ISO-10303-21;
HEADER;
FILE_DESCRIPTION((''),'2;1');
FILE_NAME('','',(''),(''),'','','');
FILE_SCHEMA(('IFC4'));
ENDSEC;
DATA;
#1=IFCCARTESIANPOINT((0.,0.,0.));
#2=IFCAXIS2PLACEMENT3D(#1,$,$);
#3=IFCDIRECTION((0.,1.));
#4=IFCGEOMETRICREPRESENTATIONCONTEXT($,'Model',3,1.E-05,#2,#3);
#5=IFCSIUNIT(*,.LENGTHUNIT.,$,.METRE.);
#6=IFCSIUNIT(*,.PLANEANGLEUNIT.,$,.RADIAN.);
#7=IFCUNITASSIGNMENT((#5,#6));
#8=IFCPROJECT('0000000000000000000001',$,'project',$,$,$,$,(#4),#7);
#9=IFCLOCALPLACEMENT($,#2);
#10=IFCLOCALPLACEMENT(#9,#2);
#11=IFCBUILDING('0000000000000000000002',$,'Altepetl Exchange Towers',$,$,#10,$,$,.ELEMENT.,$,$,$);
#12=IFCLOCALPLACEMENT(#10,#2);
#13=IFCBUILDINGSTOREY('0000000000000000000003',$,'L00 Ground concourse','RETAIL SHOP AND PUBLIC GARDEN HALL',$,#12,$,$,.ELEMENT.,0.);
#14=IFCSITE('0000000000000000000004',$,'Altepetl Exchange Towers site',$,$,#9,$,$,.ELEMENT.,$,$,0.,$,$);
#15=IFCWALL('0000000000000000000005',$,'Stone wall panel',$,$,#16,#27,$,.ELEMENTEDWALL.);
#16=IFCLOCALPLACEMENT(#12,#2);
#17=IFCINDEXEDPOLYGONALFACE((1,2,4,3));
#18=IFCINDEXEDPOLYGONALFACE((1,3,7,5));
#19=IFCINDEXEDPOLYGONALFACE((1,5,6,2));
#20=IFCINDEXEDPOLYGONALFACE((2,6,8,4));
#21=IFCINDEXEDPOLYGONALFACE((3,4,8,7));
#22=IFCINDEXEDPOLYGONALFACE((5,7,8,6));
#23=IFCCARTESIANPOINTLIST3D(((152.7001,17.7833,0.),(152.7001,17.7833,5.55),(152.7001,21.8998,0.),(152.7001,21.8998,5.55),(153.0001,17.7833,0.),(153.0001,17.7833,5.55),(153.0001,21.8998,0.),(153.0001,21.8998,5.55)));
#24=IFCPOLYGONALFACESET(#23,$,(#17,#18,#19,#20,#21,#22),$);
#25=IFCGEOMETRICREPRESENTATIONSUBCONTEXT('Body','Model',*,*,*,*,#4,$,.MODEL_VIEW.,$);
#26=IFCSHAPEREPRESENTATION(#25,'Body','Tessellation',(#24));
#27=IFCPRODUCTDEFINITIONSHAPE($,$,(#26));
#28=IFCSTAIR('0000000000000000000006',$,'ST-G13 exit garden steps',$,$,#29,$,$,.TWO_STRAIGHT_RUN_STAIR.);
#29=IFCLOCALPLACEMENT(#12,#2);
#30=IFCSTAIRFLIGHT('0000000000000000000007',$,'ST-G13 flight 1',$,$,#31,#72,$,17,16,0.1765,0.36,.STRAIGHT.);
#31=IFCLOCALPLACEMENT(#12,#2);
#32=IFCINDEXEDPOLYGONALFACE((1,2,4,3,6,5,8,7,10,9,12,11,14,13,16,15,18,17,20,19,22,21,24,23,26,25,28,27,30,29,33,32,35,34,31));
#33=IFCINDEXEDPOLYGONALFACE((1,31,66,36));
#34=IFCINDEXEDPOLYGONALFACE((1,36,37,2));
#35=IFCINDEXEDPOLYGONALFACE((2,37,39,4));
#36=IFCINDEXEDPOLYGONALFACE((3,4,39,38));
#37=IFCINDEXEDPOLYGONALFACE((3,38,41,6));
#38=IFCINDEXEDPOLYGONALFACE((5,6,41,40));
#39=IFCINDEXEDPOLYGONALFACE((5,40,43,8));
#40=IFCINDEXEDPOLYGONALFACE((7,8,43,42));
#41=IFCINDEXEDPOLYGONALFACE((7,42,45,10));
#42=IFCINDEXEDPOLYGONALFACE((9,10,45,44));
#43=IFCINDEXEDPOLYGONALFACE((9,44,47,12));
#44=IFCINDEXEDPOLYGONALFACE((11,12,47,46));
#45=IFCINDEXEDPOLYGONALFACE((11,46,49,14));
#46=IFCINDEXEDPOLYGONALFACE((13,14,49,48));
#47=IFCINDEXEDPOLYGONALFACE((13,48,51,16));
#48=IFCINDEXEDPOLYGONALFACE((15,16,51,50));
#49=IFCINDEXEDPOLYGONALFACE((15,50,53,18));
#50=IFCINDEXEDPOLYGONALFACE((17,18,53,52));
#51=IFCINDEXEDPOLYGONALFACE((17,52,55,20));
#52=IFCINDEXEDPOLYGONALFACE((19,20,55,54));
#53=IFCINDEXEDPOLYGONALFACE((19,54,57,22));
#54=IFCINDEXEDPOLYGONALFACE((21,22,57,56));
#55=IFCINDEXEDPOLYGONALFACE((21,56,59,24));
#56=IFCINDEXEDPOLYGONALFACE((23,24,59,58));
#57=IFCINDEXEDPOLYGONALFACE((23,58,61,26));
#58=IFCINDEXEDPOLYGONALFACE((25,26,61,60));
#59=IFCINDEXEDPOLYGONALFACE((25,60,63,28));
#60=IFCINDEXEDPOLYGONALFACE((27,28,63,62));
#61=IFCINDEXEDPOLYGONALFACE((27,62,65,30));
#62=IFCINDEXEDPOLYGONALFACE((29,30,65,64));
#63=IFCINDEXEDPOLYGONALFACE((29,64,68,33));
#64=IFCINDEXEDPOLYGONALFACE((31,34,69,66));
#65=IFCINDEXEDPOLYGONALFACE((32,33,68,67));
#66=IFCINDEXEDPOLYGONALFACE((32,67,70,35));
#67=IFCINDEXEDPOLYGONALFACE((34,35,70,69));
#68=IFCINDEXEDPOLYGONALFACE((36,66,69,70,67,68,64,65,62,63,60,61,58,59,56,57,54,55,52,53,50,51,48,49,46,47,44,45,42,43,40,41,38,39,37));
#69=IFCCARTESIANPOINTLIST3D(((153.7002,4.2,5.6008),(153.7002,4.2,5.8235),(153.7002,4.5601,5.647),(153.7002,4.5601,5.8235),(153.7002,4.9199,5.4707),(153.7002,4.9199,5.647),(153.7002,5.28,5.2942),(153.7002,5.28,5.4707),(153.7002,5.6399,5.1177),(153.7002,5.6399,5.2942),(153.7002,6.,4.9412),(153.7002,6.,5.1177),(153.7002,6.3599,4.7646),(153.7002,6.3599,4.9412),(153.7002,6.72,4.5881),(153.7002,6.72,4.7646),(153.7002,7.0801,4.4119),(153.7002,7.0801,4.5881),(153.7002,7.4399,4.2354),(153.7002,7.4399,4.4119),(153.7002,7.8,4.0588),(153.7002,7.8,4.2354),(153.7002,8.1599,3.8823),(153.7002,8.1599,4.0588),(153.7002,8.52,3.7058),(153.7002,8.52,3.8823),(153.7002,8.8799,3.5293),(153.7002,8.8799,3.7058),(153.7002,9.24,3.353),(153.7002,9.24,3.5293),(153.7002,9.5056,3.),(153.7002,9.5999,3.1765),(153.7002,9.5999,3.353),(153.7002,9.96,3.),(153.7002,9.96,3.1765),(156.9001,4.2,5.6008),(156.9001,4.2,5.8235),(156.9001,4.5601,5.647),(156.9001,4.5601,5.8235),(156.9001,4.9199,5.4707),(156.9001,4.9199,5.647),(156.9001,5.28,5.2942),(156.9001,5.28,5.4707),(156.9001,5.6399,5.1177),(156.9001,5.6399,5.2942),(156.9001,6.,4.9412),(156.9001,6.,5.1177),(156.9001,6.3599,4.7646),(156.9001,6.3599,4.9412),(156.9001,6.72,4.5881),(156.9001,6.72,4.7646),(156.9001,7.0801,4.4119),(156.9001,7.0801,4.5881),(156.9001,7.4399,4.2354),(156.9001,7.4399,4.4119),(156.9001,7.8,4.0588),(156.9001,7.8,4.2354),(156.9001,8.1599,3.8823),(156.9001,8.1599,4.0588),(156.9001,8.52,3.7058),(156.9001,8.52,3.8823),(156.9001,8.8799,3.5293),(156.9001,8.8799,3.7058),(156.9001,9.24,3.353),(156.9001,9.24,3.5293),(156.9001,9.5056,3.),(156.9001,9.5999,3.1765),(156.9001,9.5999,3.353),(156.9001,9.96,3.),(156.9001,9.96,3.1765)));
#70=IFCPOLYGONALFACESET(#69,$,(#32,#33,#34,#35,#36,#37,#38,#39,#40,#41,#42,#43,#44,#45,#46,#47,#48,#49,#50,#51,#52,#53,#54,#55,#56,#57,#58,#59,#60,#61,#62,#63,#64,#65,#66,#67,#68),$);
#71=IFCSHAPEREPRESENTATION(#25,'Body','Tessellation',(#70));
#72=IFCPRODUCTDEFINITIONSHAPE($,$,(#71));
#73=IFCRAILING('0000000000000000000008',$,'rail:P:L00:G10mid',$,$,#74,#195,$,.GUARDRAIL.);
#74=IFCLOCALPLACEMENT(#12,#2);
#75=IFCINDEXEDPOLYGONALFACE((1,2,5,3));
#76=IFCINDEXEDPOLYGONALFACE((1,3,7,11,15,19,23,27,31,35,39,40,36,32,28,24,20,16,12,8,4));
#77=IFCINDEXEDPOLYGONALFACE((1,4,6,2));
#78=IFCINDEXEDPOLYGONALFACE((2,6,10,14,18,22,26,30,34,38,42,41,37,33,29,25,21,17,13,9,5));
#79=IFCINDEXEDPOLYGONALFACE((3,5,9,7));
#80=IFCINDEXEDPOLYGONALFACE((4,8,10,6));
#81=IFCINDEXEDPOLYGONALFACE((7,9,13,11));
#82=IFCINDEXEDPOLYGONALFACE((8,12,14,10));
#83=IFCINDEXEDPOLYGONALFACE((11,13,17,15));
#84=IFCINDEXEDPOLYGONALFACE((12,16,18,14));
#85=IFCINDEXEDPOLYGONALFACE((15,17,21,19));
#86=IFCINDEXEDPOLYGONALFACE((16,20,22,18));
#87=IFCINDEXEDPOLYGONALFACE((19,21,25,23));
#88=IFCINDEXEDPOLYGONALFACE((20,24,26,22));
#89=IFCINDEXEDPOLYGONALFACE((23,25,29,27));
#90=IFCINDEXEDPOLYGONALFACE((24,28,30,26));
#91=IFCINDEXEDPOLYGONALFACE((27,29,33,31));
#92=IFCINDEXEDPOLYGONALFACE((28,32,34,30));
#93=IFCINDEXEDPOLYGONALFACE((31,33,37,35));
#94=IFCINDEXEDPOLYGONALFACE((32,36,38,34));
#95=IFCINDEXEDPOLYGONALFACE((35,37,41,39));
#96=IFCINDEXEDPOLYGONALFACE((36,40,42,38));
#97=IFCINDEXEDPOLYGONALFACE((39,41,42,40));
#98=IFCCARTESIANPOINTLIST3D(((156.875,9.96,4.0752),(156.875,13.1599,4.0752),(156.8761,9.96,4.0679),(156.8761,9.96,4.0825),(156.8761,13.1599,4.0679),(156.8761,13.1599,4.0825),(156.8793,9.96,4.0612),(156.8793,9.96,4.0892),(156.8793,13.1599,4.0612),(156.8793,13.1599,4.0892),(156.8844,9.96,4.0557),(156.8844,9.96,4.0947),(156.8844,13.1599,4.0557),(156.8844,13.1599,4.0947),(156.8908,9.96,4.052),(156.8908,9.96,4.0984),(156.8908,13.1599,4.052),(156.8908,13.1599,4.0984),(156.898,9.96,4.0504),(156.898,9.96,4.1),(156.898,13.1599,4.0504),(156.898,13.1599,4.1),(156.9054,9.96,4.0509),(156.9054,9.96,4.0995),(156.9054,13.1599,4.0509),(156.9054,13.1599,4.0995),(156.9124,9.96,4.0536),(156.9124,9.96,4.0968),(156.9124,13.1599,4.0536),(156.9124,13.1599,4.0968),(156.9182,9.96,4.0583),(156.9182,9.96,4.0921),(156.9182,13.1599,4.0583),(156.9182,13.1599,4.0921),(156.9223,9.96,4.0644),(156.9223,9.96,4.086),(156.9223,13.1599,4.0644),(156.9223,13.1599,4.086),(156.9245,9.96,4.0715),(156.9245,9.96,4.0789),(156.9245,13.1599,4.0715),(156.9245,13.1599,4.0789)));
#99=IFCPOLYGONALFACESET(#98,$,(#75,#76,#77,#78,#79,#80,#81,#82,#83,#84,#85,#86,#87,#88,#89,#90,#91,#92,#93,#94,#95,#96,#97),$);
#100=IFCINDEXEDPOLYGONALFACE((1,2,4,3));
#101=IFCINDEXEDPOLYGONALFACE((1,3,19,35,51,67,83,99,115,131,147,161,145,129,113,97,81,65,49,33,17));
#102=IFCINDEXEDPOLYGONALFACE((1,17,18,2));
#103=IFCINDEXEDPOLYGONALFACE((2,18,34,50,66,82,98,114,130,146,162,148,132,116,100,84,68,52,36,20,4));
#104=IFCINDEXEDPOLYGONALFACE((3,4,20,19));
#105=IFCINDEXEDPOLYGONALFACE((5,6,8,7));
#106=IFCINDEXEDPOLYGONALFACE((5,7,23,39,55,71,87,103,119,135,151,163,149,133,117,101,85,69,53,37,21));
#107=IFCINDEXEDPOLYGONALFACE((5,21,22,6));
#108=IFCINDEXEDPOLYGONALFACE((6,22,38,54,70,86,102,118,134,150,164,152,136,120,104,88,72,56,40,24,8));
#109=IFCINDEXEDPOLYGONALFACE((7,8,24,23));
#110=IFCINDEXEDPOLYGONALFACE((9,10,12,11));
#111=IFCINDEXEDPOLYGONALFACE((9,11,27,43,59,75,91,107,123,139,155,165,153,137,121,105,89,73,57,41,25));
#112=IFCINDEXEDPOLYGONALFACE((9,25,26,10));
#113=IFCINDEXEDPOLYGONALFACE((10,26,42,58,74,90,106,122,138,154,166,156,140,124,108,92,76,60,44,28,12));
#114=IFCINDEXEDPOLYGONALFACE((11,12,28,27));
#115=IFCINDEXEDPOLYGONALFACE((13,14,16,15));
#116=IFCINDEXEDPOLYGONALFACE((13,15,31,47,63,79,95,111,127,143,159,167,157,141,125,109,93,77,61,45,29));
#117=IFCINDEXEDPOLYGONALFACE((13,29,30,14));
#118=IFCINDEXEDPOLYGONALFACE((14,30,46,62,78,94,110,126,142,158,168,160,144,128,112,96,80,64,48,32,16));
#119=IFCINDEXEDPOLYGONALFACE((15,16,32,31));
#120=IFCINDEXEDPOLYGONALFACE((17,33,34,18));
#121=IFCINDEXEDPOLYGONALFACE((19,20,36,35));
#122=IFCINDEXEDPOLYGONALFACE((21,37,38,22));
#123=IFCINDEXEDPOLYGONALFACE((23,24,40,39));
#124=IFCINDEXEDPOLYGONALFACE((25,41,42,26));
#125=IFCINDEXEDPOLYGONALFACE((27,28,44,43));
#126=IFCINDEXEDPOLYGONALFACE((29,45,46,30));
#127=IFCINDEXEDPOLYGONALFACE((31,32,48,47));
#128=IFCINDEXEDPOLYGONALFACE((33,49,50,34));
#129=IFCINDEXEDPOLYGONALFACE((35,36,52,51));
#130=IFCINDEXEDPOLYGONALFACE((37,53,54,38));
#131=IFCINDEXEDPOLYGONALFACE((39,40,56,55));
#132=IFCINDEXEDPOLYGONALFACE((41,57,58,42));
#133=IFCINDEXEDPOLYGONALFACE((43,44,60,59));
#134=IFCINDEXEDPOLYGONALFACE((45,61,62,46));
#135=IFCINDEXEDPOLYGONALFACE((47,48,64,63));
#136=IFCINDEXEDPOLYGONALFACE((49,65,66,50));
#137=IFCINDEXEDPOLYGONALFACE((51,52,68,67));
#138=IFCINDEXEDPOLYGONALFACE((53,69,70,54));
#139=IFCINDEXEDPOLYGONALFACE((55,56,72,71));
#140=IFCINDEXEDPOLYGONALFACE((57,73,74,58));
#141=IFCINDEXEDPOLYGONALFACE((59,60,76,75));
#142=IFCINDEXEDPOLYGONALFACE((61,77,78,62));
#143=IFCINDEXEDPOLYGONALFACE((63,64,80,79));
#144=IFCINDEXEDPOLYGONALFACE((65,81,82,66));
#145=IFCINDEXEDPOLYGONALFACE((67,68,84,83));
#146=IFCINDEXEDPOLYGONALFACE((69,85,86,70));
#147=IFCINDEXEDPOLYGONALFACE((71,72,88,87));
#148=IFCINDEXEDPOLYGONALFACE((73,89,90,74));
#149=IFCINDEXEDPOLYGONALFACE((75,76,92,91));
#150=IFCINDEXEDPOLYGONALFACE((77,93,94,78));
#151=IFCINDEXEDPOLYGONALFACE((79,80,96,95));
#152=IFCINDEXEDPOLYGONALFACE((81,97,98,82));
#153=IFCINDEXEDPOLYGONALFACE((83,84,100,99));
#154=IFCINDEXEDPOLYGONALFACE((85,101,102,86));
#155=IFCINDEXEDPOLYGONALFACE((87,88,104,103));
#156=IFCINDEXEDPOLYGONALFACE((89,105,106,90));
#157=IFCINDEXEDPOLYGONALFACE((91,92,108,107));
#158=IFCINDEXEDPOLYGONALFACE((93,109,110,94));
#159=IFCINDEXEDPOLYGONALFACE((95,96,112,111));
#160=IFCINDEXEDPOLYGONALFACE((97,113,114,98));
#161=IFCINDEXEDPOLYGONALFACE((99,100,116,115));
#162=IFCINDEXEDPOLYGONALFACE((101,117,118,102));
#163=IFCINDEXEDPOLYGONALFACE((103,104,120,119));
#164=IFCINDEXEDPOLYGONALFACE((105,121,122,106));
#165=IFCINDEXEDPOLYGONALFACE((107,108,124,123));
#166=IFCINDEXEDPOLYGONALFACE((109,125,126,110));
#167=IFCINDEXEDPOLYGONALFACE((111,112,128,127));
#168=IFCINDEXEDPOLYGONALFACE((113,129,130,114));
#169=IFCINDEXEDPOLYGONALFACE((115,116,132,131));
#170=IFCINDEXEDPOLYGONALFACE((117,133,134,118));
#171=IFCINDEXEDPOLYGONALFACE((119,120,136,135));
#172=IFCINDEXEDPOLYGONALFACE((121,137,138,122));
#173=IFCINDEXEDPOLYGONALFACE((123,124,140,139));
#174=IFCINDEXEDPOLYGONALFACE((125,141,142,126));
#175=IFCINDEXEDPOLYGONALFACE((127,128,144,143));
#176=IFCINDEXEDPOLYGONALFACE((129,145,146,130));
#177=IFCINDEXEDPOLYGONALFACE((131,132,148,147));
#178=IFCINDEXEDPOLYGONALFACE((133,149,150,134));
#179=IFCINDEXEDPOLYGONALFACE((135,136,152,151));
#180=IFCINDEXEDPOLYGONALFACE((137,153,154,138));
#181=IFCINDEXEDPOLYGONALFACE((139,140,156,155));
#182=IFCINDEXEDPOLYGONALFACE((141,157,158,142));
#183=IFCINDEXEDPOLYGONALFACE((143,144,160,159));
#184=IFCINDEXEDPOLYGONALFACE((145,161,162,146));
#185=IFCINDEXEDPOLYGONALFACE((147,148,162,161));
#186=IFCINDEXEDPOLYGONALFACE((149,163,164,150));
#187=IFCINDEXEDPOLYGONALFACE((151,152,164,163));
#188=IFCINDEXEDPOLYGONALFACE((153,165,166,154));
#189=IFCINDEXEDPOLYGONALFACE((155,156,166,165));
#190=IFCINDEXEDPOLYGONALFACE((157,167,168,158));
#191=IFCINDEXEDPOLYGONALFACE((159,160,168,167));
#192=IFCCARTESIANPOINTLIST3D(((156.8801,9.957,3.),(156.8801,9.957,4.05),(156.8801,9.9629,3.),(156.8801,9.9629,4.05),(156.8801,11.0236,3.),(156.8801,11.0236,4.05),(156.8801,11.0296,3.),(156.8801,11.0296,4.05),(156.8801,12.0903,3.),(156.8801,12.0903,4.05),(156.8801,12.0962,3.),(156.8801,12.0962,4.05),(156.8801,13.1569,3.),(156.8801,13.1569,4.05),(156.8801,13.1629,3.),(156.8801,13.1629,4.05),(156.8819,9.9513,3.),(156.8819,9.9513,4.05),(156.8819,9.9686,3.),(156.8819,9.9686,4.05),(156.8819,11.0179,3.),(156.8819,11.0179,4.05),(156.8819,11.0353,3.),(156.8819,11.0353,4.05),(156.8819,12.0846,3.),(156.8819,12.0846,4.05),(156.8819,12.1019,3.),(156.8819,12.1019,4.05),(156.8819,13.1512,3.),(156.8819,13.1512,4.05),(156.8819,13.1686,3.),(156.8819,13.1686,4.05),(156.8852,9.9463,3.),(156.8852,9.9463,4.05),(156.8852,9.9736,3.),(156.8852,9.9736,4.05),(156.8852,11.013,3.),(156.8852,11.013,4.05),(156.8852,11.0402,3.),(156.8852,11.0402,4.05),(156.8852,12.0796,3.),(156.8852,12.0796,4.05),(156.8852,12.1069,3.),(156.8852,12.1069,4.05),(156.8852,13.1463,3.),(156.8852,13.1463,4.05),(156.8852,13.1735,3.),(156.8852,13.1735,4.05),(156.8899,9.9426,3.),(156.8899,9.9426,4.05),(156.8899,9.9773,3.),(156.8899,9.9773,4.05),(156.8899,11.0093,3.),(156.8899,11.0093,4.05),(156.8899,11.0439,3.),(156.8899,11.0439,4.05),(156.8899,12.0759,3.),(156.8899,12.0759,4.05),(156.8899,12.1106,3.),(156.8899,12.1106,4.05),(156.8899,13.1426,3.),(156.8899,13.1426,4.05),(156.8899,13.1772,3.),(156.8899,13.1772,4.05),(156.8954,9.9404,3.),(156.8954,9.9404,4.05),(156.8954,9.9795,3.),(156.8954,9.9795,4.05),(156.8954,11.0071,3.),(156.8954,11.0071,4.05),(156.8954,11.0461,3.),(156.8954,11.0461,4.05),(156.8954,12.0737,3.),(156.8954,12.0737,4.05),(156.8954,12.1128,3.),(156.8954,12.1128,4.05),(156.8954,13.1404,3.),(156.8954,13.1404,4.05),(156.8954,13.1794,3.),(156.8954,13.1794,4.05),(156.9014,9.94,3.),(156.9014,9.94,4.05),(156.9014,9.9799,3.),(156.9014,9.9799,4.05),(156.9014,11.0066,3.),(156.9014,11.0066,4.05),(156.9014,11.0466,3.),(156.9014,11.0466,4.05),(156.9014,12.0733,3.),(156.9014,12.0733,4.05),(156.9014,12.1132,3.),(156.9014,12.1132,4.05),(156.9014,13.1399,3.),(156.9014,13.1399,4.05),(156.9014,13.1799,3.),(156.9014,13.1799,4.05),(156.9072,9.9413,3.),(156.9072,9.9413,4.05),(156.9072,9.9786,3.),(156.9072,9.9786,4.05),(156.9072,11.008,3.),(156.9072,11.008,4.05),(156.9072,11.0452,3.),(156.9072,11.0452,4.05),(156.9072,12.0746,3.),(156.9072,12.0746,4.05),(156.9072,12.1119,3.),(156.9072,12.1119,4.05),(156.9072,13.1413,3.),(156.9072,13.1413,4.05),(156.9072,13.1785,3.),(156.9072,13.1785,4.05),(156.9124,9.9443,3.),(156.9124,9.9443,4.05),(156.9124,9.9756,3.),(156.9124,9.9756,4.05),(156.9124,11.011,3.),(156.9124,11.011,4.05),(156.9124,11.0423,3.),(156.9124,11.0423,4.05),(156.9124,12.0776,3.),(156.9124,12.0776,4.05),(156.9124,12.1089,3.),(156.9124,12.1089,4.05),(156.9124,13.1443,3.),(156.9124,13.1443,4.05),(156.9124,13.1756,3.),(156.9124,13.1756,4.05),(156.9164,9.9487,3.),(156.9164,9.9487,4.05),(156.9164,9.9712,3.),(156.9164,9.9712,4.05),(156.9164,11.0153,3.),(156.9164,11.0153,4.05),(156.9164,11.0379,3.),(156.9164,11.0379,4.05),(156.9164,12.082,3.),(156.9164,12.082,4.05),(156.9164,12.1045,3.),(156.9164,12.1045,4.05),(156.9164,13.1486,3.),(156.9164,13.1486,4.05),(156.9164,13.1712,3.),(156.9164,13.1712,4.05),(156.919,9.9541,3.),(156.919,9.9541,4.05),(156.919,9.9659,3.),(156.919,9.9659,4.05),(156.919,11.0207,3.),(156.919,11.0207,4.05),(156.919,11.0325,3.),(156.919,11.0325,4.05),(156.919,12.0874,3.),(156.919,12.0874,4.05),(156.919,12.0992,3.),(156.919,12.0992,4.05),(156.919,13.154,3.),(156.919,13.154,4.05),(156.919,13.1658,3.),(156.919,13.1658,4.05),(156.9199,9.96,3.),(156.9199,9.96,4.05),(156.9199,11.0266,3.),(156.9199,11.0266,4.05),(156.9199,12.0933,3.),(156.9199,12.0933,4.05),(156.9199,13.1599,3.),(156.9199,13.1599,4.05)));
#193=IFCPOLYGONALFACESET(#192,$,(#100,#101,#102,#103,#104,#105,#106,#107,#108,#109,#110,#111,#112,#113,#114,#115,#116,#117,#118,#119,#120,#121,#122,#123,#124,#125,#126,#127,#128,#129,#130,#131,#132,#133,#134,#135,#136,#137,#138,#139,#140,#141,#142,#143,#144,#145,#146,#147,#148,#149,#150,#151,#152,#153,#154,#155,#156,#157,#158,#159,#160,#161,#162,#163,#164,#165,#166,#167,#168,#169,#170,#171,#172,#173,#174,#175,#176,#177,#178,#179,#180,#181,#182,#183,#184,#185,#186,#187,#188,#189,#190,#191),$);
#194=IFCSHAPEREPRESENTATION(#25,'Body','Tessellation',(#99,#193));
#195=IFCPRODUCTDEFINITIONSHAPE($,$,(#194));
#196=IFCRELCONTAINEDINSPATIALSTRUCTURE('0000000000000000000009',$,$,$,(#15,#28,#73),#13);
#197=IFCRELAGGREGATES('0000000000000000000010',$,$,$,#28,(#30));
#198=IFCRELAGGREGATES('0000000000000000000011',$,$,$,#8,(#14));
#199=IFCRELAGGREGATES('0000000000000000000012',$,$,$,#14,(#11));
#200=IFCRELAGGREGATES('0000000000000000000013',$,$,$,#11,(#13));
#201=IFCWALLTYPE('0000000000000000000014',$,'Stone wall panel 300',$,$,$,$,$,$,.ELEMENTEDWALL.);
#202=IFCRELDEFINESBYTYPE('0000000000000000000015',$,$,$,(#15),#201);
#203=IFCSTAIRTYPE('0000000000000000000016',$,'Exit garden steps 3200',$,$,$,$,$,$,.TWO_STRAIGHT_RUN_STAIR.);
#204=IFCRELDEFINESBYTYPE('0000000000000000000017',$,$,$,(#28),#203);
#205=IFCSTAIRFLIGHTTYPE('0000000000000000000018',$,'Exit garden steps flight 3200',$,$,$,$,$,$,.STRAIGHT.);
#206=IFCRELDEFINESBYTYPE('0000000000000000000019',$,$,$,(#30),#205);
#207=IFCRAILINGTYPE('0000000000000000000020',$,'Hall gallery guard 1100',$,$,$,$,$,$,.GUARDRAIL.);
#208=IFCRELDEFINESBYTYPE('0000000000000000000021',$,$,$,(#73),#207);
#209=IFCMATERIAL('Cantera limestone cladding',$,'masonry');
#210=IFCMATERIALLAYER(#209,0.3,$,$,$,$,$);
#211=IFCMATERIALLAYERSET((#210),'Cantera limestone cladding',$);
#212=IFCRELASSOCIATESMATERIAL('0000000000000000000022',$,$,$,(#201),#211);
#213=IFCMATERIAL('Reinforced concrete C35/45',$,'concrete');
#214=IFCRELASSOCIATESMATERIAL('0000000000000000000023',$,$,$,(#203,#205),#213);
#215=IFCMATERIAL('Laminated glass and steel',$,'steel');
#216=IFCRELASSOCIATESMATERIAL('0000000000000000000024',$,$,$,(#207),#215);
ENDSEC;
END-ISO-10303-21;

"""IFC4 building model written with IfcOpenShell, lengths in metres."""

from ifc_helpers import new_model, si_unit, direction, frame, frame_2d, origin, origin_2d, place, context, subcontext, project, spatial, polyline, rectangle, circle, outline, extrude, source, transform, mapped, material, layer, layer_set, type_object, element, aggregate, save


model = new_model("IFC4")

# Units and contexts
model_context = context("Model", 3, precision=1e-05, world=origin(), true_north=direction((0.0, 1.0)))
body_context = subcontext(model_context, "Body", "Model", "MODEL_VIEW")
ifc_project = project(units=[si_unit("LENGTHUNIT", "METRE"), si_unit("PLANEANGLEUNIT", "RADIAN")], contexts=[model_context])

# Site, building, storey
site_placement = place(None, origin())
site = spatial("IfcSite", under=ifc_project, at=site_placement, Name="Altepetl Exchange Towers site", CompositionType="ELEMENT", RefElevation=0.0)
building_placement = place(site_placement, origin())
building = spatial("IfcBuilding", under=site, at=building_placement, Name="Altepetl Exchange Towers", CompositionType="ELEMENT")
storey_placement = place(building_placement, origin())
storey = spatial("IfcBuildingStorey", under=building, at=storey_placement, Name="L00 Ground concourse", Description="RETAIL SHOP AND PUBLIC GARDEN HALL", CompositionType="ELEMENT", Elevation=0.0)

# Wall
ifc_material_1 = material(Name="Cantera limestone cladding", Category="masonry")
ifc_layer_1 = layer(ifc_material_1, 0.3)
ifc_layer_set_1 = layer_set([ifc_layer_1], Name="Cantera limestone cladding")
wall_type = type_object("IfcWallType", Name="Stone wall panel 300", PredefinedType="ELEMENTEDWALL", material=ifc_layer_set_1)
for number, where, z_axis, x_axis, name in (
    (1, (152.8501, 17.7834, 0.0), (0.0, 0.0, 1.0), (0.0, 1.0, 0.0), "Stone wall panel"),
):
    element("IfcWall", number, at=place(storey_placement, frame(where, z_axis=z_axis, x_axis=x_axis)), inside=storey, type_object=wall_type, Name=name, PredefinedType="ELEMENTEDWALL", context=body_context, shape_type="SweptSolid", body=[
        extrude(rectangle(XDim=4.1165, YDim=0.3, at=frame_2d((2.0581, 0.0))), origin(), (0.0, 0.0, 1.0), 5.55),
    ])

# Stair, stair flight
ifc_material_2 = material(Name="Reinforced concrete C35/45", Category="concrete")
stair_type = type_object("IfcStairType", Name="Exit garden steps 3200", PredefinedType="TWO_STRAIGHT_RUN_STAIR", material=ifc_material_2)
stair_placement = place(storey_placement, origin())
stair = element("IfcStair", 2, at=stair_placement, inside=storey, type_object=stair_type, Name="ST-G13 exit garden steps", PredefinedType="TWO_STRAIGHT_RUN_STAIR")
stair_flight_type = type_object("IfcStairFlightType", Name="Exit garden steps flight 3200", PredefinedType="STRAIGHT", material=ifc_material_2)
stair_flight_placement = place(storey_placement, frame((155.3, 9.96, 3.0), z_axis=(0.0, 0.0, 1.0), x_axis=(0.0, -1.0, 0.0)))
stair_flight = element("IfcStairFlight", 3, at=stair_flight_placement, type_object=stair_flight_type, Name="ST-G13 flight 1", NumberOfRisers=17, NumberOfTreads=16, PredefinedType="STRAIGHT", RiserHeight=0.1765, TreadLength=0.36, context=body_context, shape_type="SweptSolid", body=[
    extrude(outline(polyline([(0.0, 0.0), (0.0, 0.1765), (0.3601, 0.1765), (0.3601, 0.353), (0.72, 0.353), (0.72, 0.5293), (1.0801, 0.5293), (1.0801, 0.7058), (1.4399, 0.7058), (1.4399, 0.8823), (1.8, 0.8823), (1.8, 1.0588), (2.1599, 1.0588), (2.1599, 1.2354), (2.52, 1.2354), (2.52, 1.4119), (2.8799, 1.4119), (2.8799, 1.5881), (3.24, 1.5881), (3.24, 1.7646), (3.6001, 1.7646), (3.6001, 1.9412), (3.96, 1.9412), (3.96, 2.1177), (4.3201, 2.1177), (4.3201, 2.2942), (4.6799, 2.2942), (4.6799, 2.4707), (5.04, 2.4707), (5.04, 2.647), (5.3999, 2.647), (5.3999, 2.8235), (5.76, 2.8235), (5.76, 3.0), (5.76, 2.6008), (0.4543, 0.0), (0.0, 0.0)])), frame((0.0, 1.6001, 0.0), z_axis=(0.0, -1.0, 0.0), x_axis=(1.0, 0.0, 0.0)), (0.0, 0.0, 1.0), 3.2),
])
aggregate(stair, [stair_flight])

# Railing
ifc_material_3 = material(Name="Laminated glass and steel", Category="steel")
railing_type_1 = type_object("IfcRailingType", Name="Hall gallery guard 1100", PredefinedType="GUARDRAIL", material=ifc_material_3)
shared_shape_1 = source(origin(), body_context, "Body", "SweptSolid", [
    extrude(circle(Radius=0.02, at=origin_2d()), origin(), (0.0, 0.0, 1.0), 1.05),
])
for number, where, name in (
    (4, (156.8999, 9.96, 3.0), "rail:P:L00:G10mid"),
):
    element("IfcRailing", number, at=place(storey_placement, frame(where)), inside=storey, type_object=railing_type_1, Name=name, PredefinedType="GUARDRAIL", context=body_context, shape_type="SweptSolid", body=[
        extrude(circle(Radius=0.0249, at=origin_2d()), frame((0.0, 0.0, 1.0752), z_axis=(0.0, 1.0, 0.0), x_axis=(-1.0, 0.0, 0.0)), (0.0, 0.0, 1.0), 3.2),
        mapped(shared_shape_1, transform((0.0, 0.0, 0.0))),
        mapped(shared_shape_1, transform((0.0, 1.0667, 0.0))),
        mapped(shared_shape_1, transform((0.0, 2.1333, 0.0))),
        mapped(shared_shape_1, transform((0.0, 3.2, 0.0))),
    ])

save(model, "model.ifc")
